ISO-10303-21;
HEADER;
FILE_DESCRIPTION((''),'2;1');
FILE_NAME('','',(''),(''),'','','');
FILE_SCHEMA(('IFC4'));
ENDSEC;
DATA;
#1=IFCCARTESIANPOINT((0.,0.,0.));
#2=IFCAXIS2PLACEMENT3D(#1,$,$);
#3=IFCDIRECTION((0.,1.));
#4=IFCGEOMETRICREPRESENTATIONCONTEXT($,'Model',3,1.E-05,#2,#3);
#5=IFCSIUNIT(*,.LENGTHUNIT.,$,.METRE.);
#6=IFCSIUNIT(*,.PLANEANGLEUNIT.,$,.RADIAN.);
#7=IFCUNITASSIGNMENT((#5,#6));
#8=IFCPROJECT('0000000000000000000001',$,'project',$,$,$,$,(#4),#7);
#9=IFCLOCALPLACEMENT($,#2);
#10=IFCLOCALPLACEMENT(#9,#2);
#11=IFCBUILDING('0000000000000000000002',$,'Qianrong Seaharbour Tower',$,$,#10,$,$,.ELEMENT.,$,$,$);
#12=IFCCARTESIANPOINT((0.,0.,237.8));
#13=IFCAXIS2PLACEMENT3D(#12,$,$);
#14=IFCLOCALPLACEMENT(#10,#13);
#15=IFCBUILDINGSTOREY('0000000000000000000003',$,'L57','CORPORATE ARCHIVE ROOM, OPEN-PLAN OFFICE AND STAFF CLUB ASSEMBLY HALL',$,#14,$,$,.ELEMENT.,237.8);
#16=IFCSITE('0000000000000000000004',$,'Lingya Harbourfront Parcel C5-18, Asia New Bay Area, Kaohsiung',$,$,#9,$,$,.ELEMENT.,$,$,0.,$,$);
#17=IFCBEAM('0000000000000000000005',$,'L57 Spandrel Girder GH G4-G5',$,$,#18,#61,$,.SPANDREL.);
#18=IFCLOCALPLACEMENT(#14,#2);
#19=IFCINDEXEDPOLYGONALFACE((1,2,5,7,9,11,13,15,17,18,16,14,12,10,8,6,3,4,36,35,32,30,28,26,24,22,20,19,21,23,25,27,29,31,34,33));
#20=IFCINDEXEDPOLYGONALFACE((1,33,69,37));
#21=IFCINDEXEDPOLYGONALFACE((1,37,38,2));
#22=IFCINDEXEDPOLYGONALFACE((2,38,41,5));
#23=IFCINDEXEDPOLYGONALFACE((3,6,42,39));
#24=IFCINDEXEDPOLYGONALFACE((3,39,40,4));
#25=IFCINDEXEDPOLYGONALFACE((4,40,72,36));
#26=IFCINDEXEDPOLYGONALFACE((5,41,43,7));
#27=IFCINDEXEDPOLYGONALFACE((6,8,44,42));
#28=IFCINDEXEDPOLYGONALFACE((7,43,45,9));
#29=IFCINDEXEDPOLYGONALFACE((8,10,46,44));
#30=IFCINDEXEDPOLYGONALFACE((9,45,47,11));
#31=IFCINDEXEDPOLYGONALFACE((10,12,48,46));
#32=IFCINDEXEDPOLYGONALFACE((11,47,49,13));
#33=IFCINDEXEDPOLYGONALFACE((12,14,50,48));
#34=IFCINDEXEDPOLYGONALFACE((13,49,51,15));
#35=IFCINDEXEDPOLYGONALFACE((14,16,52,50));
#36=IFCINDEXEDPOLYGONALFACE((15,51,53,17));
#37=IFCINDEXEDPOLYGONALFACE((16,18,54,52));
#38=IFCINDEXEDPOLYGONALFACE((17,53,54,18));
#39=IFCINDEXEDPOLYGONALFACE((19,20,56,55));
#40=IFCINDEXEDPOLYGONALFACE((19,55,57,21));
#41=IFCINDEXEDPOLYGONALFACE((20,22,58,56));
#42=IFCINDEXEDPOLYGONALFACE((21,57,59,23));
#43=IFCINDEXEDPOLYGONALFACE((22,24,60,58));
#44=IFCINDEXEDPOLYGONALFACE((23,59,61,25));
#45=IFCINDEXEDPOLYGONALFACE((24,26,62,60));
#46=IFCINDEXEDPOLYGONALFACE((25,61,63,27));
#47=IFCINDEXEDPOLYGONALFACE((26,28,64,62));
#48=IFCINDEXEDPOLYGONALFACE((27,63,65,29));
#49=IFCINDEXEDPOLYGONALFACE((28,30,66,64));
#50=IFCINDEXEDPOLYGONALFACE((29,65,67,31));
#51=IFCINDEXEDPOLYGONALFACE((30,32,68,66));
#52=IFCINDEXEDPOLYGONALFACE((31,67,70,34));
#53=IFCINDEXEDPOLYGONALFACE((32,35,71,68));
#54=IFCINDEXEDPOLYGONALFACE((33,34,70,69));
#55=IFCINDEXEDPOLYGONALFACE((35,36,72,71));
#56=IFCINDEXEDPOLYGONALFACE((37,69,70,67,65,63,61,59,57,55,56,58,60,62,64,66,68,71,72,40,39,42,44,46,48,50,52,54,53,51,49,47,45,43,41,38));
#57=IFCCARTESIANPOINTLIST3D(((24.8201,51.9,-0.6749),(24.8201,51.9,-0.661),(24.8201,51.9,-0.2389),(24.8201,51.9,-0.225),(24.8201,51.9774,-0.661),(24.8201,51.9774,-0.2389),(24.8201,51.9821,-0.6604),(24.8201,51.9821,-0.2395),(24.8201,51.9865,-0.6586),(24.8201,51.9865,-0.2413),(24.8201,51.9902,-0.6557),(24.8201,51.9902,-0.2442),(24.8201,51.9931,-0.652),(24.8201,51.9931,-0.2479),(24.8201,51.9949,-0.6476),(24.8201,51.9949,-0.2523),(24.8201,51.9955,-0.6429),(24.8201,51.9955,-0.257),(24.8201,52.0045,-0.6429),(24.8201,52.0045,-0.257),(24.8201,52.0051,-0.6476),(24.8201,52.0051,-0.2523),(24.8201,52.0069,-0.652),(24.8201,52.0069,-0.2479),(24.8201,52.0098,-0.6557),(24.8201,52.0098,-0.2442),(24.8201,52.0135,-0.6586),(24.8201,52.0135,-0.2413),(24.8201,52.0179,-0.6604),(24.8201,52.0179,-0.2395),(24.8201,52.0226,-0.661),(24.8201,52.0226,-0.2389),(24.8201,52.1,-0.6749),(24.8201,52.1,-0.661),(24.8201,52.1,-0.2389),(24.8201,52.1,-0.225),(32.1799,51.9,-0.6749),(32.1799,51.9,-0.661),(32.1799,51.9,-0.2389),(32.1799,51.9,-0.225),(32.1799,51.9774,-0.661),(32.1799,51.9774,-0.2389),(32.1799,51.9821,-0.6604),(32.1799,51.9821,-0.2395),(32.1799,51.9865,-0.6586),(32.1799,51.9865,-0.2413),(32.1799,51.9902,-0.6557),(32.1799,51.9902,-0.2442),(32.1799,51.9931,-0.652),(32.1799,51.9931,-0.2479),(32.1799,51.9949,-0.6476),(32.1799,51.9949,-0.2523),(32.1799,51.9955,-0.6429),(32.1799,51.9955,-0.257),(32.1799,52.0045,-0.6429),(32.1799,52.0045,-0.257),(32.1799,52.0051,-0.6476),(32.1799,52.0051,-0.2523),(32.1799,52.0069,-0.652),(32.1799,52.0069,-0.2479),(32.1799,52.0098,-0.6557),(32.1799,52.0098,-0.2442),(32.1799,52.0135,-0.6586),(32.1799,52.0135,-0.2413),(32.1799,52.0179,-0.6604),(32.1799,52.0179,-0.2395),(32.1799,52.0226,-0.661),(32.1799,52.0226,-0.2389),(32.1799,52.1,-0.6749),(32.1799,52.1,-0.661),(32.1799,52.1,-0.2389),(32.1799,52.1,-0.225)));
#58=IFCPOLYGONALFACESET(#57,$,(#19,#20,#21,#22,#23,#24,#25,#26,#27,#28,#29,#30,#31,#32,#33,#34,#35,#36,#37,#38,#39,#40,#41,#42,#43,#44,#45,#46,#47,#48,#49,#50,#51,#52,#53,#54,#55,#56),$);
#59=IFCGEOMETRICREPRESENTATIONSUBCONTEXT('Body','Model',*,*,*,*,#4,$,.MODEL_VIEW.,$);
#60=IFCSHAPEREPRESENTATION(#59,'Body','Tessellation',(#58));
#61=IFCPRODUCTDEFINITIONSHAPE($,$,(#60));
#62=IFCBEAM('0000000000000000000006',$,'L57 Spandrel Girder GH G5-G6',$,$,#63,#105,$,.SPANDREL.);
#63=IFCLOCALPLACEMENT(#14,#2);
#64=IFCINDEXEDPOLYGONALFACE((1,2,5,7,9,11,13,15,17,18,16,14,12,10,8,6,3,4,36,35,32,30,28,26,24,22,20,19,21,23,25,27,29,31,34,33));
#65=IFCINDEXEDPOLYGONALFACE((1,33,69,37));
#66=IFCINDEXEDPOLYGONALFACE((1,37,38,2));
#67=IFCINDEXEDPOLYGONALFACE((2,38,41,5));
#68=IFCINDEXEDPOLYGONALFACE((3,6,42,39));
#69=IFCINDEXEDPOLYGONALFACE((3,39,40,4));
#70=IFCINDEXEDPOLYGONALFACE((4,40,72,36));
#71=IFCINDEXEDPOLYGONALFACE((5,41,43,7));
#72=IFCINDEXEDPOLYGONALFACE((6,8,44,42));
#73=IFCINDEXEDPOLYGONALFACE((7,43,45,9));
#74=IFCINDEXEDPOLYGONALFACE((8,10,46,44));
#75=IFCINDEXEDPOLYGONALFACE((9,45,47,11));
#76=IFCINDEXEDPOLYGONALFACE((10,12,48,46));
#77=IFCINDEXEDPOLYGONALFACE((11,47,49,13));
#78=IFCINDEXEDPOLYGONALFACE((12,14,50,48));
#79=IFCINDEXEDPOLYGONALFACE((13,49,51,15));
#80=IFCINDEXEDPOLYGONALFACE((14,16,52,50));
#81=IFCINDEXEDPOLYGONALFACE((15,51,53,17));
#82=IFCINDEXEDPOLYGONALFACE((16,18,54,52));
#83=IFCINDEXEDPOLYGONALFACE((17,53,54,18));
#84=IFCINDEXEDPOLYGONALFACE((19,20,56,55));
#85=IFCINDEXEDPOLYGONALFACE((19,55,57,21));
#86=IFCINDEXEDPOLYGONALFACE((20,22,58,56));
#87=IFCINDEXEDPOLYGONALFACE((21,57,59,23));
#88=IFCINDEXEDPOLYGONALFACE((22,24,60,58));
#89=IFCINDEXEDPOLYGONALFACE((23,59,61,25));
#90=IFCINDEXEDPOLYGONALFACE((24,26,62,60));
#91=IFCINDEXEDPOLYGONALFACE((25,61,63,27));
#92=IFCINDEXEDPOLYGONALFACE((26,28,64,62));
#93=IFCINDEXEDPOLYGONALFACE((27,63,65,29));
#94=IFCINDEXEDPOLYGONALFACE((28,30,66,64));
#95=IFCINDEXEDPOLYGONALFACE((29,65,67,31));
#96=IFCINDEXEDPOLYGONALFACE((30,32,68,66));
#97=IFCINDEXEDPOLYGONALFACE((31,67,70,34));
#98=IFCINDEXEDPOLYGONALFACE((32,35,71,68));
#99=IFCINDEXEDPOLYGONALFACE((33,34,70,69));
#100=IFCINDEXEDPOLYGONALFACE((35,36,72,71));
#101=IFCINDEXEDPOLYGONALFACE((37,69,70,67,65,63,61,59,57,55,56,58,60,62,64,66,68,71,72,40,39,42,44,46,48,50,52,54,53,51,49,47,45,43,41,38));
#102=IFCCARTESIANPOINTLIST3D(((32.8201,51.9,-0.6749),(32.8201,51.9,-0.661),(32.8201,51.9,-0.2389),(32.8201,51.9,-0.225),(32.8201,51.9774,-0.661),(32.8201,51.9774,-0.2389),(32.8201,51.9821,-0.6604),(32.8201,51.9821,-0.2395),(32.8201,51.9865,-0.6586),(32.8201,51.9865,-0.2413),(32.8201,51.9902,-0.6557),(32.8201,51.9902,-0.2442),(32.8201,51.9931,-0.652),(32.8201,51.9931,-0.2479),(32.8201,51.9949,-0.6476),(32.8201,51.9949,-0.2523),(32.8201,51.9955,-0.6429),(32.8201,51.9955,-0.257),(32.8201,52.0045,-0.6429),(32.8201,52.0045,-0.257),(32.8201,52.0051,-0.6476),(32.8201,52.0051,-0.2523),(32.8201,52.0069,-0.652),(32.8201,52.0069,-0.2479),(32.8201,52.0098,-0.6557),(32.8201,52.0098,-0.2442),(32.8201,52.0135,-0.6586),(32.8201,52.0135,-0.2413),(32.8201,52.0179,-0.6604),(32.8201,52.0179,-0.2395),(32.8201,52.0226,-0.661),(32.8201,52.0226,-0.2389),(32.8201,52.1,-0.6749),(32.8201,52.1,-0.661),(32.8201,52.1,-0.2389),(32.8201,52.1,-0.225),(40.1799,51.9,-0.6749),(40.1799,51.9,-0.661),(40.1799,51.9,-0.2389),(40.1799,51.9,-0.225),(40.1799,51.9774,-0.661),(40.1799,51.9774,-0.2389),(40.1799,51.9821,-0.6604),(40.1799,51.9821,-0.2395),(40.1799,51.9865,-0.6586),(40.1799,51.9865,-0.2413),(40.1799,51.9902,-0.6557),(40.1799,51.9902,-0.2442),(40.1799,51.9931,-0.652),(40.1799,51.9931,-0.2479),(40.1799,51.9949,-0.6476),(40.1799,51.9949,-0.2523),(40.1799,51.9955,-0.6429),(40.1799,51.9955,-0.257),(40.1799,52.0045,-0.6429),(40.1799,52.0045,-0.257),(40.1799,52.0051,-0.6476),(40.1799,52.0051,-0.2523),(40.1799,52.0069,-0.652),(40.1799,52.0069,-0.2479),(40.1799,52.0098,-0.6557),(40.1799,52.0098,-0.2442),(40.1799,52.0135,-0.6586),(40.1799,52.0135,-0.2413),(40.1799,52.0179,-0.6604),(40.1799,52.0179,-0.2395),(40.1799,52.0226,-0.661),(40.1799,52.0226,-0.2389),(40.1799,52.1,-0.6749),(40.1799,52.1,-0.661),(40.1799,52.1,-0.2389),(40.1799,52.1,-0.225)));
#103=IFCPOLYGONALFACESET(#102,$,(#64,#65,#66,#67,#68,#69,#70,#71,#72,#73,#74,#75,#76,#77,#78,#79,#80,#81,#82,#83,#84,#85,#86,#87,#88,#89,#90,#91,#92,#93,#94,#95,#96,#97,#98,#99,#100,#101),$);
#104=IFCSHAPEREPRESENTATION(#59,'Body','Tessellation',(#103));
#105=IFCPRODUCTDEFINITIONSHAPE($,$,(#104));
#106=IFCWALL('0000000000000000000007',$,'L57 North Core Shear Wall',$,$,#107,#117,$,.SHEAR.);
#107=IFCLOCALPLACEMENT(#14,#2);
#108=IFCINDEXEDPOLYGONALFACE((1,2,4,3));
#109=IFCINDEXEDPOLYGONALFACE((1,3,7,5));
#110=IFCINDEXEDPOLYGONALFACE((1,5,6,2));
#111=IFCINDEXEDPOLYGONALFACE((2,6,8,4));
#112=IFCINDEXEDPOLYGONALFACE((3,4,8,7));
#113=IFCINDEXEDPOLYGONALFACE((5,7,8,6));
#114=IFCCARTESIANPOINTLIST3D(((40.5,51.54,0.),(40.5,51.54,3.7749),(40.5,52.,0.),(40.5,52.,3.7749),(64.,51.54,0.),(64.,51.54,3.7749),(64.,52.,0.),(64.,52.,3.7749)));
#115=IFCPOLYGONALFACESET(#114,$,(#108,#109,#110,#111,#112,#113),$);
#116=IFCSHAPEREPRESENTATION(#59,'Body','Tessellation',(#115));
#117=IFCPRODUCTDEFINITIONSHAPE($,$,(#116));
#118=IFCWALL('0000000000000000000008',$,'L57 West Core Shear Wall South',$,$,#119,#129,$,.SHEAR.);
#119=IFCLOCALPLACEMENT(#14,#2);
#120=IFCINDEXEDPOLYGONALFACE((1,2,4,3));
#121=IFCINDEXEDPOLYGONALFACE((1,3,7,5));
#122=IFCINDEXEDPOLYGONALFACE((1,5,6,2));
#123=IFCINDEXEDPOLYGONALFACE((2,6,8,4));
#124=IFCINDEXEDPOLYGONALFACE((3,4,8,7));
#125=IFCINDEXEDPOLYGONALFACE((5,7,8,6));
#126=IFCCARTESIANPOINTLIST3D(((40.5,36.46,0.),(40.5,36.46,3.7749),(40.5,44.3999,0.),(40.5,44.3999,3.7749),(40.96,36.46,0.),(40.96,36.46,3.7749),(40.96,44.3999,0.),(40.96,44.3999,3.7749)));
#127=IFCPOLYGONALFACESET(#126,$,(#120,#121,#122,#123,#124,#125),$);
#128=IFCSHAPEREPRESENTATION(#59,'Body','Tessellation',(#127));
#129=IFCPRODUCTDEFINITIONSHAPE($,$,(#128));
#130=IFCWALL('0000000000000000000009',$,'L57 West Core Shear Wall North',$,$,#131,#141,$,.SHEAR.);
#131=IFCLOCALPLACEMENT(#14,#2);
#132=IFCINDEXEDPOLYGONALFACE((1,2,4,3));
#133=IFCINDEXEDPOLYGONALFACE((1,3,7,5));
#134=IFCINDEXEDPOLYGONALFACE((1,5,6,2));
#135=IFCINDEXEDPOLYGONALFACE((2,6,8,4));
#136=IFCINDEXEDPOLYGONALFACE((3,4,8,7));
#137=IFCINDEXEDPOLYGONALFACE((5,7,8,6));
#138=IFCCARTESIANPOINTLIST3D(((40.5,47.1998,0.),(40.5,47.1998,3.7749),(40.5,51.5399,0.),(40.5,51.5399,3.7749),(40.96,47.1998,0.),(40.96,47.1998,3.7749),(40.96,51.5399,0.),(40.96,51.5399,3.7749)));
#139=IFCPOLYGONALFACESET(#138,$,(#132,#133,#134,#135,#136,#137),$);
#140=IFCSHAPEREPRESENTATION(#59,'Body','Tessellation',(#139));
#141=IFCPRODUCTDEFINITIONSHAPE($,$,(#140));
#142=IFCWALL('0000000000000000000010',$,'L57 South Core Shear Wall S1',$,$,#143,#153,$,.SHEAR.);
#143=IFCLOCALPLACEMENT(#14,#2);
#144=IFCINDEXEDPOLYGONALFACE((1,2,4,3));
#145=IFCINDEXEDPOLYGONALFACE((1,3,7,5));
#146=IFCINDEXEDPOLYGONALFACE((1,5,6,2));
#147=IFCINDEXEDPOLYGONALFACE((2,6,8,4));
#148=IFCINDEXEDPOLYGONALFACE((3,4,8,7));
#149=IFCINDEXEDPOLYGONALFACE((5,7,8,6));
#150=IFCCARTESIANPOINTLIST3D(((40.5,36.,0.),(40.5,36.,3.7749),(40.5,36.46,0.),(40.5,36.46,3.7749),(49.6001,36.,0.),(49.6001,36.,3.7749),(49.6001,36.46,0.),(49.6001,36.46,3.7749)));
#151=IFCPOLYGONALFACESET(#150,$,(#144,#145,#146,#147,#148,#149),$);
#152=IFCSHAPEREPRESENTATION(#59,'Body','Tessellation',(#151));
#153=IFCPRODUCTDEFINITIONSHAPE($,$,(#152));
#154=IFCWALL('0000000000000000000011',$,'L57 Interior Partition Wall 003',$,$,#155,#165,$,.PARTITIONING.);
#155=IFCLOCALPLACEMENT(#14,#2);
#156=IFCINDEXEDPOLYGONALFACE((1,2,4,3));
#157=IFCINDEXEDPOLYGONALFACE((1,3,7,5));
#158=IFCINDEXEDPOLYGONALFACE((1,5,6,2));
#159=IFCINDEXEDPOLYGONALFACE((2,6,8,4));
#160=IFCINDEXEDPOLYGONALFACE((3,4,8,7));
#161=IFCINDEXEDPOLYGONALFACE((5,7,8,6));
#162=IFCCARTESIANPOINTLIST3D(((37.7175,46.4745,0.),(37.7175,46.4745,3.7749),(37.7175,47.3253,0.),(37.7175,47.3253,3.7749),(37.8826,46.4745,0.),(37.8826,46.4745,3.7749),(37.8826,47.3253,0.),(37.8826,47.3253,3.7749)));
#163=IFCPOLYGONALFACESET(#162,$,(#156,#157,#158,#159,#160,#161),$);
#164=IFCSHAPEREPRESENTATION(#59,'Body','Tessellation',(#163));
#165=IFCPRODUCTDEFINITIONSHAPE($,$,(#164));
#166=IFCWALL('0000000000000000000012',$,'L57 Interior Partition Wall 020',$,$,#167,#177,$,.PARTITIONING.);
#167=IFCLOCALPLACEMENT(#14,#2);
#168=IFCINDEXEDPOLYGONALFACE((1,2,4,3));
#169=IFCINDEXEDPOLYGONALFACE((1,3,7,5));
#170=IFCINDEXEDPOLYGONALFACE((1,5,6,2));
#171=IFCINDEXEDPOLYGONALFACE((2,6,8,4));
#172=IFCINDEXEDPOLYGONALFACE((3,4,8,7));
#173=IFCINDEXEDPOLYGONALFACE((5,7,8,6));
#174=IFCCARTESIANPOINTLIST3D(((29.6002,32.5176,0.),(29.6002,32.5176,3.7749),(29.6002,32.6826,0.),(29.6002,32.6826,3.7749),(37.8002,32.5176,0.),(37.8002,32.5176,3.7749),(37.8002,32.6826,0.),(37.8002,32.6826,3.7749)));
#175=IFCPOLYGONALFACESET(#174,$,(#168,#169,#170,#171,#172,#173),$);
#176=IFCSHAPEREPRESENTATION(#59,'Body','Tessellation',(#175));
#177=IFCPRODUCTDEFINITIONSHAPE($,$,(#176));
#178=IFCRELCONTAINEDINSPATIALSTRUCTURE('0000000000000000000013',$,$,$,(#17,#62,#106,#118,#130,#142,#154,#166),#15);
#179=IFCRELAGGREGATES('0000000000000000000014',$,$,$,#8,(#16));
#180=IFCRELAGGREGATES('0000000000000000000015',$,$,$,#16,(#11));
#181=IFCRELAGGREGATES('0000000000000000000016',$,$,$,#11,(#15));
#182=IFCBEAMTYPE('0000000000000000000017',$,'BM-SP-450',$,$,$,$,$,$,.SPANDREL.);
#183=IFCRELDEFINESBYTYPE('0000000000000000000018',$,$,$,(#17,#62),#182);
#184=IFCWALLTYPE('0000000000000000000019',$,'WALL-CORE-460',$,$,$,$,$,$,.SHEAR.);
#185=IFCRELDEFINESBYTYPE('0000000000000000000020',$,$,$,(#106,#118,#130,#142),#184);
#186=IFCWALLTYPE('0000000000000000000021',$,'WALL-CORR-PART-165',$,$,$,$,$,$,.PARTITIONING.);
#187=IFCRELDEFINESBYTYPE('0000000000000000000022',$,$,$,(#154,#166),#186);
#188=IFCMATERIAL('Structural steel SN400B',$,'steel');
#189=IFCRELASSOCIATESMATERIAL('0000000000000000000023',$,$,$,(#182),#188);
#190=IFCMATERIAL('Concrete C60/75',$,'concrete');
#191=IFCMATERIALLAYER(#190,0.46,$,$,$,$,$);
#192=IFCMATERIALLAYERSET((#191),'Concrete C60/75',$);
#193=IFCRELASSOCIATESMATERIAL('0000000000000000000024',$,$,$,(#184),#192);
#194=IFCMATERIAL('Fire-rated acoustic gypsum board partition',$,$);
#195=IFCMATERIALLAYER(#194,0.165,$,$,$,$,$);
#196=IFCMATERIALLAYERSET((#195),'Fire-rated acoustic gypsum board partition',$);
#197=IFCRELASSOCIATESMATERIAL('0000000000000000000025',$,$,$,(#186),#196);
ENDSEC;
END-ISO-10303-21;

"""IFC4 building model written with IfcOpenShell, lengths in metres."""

from ifc_helpers import new_model, si_unit, direction, frame, frame_2d, origin, origin_2d, place, context, subcontext, project, spatial, rectangle, i_section, extrude, material, layer, layer_set, material_profile, profile_set, type_object, element, save


model = new_model("IFC4")

# Units and contexts
model_context = context("Model", 3, precision=1e-05, world=origin(), true_north=direction((0.0, 1.0)))
body_context = subcontext(model_context, "Body", "Model", "MODEL_VIEW")
ifc_project = project(units=[si_unit("LENGTHUNIT", "METRE"), si_unit("PLANEANGLEUNIT", "RADIAN")], contexts=[model_context])

# Site, building, storey
site_placement = place(None, origin())
site = spatial("IfcSite", under=ifc_project, at=site_placement, Name="Lingya Harbourfront Parcel C5-18, Asia New Bay Area, Kaohsiung", CompositionType="ELEMENT", RefElevation=0.0)
building_placement = place(site_placement, origin())
building = spatial("IfcBuilding", under=site, at=building_placement, Name="Qianrong Seaharbour Tower", CompositionType="ELEMENT")
storey_placement = place(building_placement, frame((0.0, 0.0, 237.8)))
storey = spatial("IfcBuildingStorey", under=building, at=storey_placement, Name="L57", Description="CORPORATE ARCHIVE ROOM, OPEN-PLAN OFFICE AND STAFF CLUB ASSEMBLY HALL", CompositionType="ELEMENT", Elevation=237.8)

# Beams
ifc_material_1 = material(Name="Concrete C60/75", Category="concrete")
ifc_material_2 = material(Name="Structural steel SN400B", Category="steel")
ifc_material_profile_1 = material_profile(ifc_material_2, i_section(OverallWidth=0.2, OverallDepth=0.45, WebThickness=0.009, FlangeThickness=0.0139, FilletRadius=0.0181, at=origin_2d()), Name="H450x200x9x14")
ifc_profile_set_1 = profile_set([ifc_material_profile_1], Name="Structural steel SN400B")
beam_type_1 = type_object("IfcBeamType", Name="BM-SP-450", PredefinedType="SPANDREL", material=ifc_profile_set_1)
for number, where, z_axis, x_axis, name in (
    (1, (24.8201, 52.0, -0.45), (1.0, 0.0, 0.0), (0.0, 1.0, 0.0), "L57 Spandrel Girder GH G4-G5"),
    (2, (32.8201, 52.0, -0.45), (1.0, 0.0, 0.0), (0.0, 1.0, 0.0), "L57 Spandrel Girder GH G5-G6"),
):
    element("IfcBeam", number, at=place(storey_placement, frame(where, z_axis=z_axis, x_axis=x_axis)), inside=storey, type_object=beam_type_1, Name=name, PredefinedType="SPANDREL", context=body_context, shape_type="SweptSolid", body=[
        extrude(i_section(OverallWidth=0.2, OverallDepth=0.45, WebThickness=0.009, FlangeThickness=0.0139, FilletRadius=0.0181, at=origin_2d()), origin(), (0.0, 0.0, 1.0), 7.3599),
    ])

# Walls
ifc_layer_1 = layer(ifc_material_1, 0.46)
ifc_layer_set_1 = layer_set([ifc_layer_1], Name="Concrete C60/75")
wall_type_1 = type_object("IfcWallType", Name="WALL-CORE-460", PredefinedType="SHEAR", material=ifc_layer_set_1)
wall_1_placement = place(storey_placement, frame((40.5, 51.77, 0.0), z_axis=(0.0, 0.0, 1.0), x_axis=(1.0, 0.0, 0.0)))
element("IfcWall", 3, at=wall_1_placement, inside=storey, type_object=wall_type_1, Name="L57 North Core Shear Wall", PredefinedType="SHEAR", context=body_context, shape_type="SweptSolid", body=[
    extrude(rectangle(XDim=23.5, YDim=0.46, at=frame_2d((11.75, 0.0))), origin(), (0.0, 0.0, 1.0), 3.7749),
])
wall_2_placement = place(storey_placement, frame((40.73, 36.46, 0.0), z_axis=(0.0, 0.0, 1.0), x_axis=(0.0, 1.0, 0.0)))
element("IfcWall", 4, at=wall_2_placement, inside=storey, type_object=wall_type_1, Name="L57 West Core Shear Wall South", PredefinedType="SHEAR", context=body_context, shape_type="SweptSolid", body=[
    extrude(rectangle(XDim=7.9399, YDim=0.46, at=frame_2d((3.97, 0.0))), origin(), (0.0, 0.0, 1.0), 3.7749),
])
wall_3_placement = place(storey_placement, frame((40.73, 47.2, 0.0), z_axis=(0.0, 0.0, 1.0), x_axis=(0.0, 1.0, 0.0)))
element("IfcWall", 5, at=wall_3_placement, inside=storey, type_object=wall_type_1, Name="L57 West Core Shear Wall North", PredefinedType="SHEAR", context=body_context, shape_type="SweptSolid", body=[
    extrude(rectangle(XDim=4.3401, YDim=0.46, at=frame_2d((2.1699, 0.0))), origin(), (0.0, 0.0, 1.0), 3.7749),
])
wall_4_placement = place(storey_placement, frame((40.5, 36.23, 0.0), z_axis=(0.0, 0.0, 1.0), x_axis=(1.0, 0.0, 0.0)))
element("IfcWall", 6, at=wall_4_placement, inside=storey, type_object=wall_type_1, Name="L57 South Core Shear Wall S1", PredefinedType="SHEAR", context=body_context, shape_type="SweptSolid", body=[
    extrude(rectangle(XDim=9.1001, YDim=0.46, at=frame_2d((4.55, 0.0))), origin(), (0.0, 0.0, 1.0), 3.7749),
])

# Shared definitions
ifc_material_3 = material(Name="Fire-rated acoustic gypsum board partition")
ifc_layer_2 = layer(ifc_material_3, 0.165)
ifc_layer_set_2 = layer_set([ifc_layer_2], Name="Fire-rated acoustic gypsum board partition")
wall_type_2 = type_object("IfcWallType", Name="WALL-CORR-PART-165", PredefinedType="PARTITIONING", material=ifc_layer_set_2)

# Walls
wall_5_placement = place(storey_placement, frame((37.8, 46.4746, 0.0), z_axis=(0.0, 0.0, 1.0), x_axis=(0.0, 1.0, 0.0)))
element("IfcWall", 7, at=wall_5_placement, inside=storey, type_object=wall_type_2, Name="L57 Interior Partition Wall 003", PredefinedType="PARTITIONING", context=body_context, shape_type="SweptSolid", body=[
    extrude(rectangle(XDim=0.8508, YDim=0.165, at=frame_2d((0.4253, 0.0))), origin(), (0.0, 0.0, 1.0), 3.7749),
])
wall_6_placement = place(storey_placement, frame((29.6001, 32.6001, 0.0), z_axis=(0.0, 0.0, 1.0), x_axis=(1.0, 0.0, 0.0)))
element("IfcWall", 8, at=wall_6_placement, inside=storey, type_object=wall_type_2, Name="L57 Interior Partition Wall 020", PredefinedType="PARTITIONING", context=body_context, shape_type="SweptSolid", body=[
    extrude(rectangle(XDim=8.2, YDim=0.165, at=frame_2d((4.1001, 0.0))), origin(), (0.0, 0.0, 1.0), 3.7749),
])

save(model, "model.ifc")
